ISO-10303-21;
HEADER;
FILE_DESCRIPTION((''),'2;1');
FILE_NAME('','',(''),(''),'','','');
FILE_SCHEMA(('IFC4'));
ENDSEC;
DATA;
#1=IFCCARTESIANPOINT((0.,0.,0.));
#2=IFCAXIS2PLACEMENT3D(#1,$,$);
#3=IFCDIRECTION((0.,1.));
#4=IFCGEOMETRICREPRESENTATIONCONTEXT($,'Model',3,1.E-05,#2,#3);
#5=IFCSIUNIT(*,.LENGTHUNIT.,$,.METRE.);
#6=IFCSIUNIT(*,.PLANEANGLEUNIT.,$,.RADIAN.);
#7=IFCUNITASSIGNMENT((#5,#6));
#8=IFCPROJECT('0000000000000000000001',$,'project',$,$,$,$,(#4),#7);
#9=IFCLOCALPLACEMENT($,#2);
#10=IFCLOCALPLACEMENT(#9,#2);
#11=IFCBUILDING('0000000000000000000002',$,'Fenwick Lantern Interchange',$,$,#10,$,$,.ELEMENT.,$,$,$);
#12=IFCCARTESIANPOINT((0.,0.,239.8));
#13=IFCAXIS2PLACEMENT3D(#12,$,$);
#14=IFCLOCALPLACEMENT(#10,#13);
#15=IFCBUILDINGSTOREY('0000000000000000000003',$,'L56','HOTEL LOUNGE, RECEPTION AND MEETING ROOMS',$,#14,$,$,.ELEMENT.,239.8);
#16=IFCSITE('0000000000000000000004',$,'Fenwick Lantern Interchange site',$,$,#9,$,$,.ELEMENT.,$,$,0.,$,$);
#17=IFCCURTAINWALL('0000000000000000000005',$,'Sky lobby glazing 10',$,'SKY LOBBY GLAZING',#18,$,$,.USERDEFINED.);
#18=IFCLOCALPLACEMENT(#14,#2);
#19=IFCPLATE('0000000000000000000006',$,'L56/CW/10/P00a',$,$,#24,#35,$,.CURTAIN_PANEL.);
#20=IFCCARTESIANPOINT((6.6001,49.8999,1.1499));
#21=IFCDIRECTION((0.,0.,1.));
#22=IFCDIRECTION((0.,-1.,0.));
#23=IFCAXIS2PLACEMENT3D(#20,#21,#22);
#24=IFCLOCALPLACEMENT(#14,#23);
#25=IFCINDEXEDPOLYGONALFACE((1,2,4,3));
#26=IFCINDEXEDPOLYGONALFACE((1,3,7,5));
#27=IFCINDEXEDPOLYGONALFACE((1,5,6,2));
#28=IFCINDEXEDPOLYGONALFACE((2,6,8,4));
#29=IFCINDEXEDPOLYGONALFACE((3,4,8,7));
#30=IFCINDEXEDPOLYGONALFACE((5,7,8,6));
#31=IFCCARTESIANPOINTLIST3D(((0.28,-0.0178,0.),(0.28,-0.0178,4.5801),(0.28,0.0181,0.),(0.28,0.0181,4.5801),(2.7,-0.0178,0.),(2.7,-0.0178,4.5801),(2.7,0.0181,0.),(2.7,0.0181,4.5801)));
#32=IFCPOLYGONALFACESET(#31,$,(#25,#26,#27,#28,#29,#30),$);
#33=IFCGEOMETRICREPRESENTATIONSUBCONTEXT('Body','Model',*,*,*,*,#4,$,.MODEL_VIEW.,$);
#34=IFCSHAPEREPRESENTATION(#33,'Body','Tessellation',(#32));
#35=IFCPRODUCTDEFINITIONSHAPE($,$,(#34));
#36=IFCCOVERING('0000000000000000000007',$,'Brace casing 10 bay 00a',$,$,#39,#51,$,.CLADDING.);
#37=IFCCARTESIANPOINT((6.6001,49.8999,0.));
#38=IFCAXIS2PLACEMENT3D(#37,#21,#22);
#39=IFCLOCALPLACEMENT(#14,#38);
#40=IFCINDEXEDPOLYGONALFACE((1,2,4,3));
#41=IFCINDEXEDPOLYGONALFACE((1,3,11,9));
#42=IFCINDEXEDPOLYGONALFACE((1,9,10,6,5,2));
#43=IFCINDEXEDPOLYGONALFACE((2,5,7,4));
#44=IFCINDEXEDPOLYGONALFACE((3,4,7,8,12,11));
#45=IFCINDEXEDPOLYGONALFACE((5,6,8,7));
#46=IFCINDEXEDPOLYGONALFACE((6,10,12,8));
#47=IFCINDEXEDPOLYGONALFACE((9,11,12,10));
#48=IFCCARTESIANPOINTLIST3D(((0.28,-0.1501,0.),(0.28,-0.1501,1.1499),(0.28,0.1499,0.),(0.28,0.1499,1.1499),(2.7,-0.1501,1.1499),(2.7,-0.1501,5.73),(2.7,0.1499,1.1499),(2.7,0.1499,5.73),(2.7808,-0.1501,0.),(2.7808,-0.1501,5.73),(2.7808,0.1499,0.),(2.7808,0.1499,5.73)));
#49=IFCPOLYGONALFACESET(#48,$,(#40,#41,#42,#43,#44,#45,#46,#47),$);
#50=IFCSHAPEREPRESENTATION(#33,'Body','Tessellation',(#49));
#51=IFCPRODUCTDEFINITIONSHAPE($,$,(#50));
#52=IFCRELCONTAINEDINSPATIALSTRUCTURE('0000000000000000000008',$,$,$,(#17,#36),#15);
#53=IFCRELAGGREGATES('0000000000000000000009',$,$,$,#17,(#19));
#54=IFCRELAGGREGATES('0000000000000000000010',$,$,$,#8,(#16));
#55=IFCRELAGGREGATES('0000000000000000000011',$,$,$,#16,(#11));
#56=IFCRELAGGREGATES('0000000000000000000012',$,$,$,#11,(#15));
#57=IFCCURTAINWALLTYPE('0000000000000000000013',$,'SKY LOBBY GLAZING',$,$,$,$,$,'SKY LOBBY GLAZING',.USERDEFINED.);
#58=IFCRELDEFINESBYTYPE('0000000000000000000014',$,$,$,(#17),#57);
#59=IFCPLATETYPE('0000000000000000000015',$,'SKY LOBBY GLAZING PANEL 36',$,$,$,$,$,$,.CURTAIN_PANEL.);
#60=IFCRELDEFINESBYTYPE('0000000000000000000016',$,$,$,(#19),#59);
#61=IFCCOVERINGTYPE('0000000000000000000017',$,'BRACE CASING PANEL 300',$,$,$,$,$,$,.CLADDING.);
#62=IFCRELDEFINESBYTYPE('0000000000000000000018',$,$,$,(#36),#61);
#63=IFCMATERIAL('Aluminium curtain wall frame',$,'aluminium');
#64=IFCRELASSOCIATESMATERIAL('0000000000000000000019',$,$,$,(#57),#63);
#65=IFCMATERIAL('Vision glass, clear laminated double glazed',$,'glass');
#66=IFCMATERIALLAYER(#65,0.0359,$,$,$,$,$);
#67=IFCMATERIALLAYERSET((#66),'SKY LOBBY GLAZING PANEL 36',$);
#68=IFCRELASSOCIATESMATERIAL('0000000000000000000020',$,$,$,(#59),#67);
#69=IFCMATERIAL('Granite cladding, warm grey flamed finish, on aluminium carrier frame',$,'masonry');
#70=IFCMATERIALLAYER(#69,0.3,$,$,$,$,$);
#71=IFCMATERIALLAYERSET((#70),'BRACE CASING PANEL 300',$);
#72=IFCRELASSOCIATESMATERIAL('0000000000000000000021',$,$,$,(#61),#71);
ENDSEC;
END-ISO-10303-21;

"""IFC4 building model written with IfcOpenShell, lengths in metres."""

from ifc_helpers import new_model, si_unit, direction, frame, origin, place, context, subcontext, project, spatial, polyline, outline, extrude, material, layer, layer_set, type_object, element, aggregate, save


model = new_model("IFC4")

# Units and contexts
model_context = context("Model", 3, precision=1e-05, world=origin(), true_north=direction((0.0, 1.0)))
body_context = subcontext(model_context, "Body", "Model", "MODEL_VIEW")
ifc_project = project(units=[si_unit("LENGTHUNIT", "METRE"), si_unit("PLANEANGLEUNIT", "RADIAN")], contexts=[model_context])

# Site, building, storey
site_placement = place(None, origin())
site = spatial("IfcSite", under=ifc_project, at=site_placement, Name="Fenwick Lantern Interchange site", CompositionType="ELEMENT", RefElevation=0.0)
building_placement = place(site_placement, origin())
building = spatial("IfcBuilding", under=site, at=building_placement, Name="Fenwick Lantern Interchange", CompositionType="ELEMENT")
storey_placement = place(building_placement, frame((0.0, 0.0, 239.8)))
storey = spatial("IfcBuildingStorey", under=building, at=storey_placement, Name="L56", Description="HOTEL LOUNGE, RECEPTION AND MEETING ROOMS", CompositionType="ELEMENT", Elevation=239.8)

# Curtain wall
ifc_material_1 = material(Name="Aluminium curtain wall frame", Category="aluminium")
curtain_wall_type = type_object("IfcCurtainWallType", Name="SKY LOBBY GLAZING", ElementType="SKY LOBBY GLAZING", PredefinedType="USERDEFINED", material=ifc_material_1)
curtain_wall_1_placement = place(storey_placement, origin())
curtain_wall_1 = element("IfcCurtainWall", 1, at=curtain_wall_1_placement, inside=storey, type_object=curtain_wall_type, Name="Sky lobby glazing 10", ObjectType="SKY LOBBY GLAZING", PredefinedType="USERDEFINED")

# Plate
ifc_material_2 = material(Name="Vision glass, clear laminated double glazed", Category="glass")
ifc_layer_1 = layer(ifc_material_2, 0.0359)
ifc_layer_set_1 = layer_set([ifc_layer_1], Name="SKY LOBBY GLAZING PANEL 36")
plate_type = type_object("IfcPlateType", Name="SKY LOBBY GLAZING PANEL 36", PredefinedType="CURTAIN_PANEL", material=ifc_layer_set_1)
plate_1_placement = place(storey_placement, frame((6.6001, 49.8999, 1.1499), z_axis=(0.0, 0.0, 1.0), x_axis=(0.0, -1.0, 0.0)))
plate_1 = element("IfcPlate", 2, at=plate_1_placement, type_object=plate_type, Name="L56/CW/10/P00a", PredefinedType="CURTAIN_PANEL", context=body_context, shape_type="SweptSolid", body=[
    extrude(outline(polyline([(0.28, 0.0), (2.7, 0.0), (2.7, 4.5801), (0.28, 4.5801), (0.28, 0.0)])), frame((0.0, 0.0181, 0.0), z_axis=(0.0, -1.0, 0.0), x_axis=(1.0, 0.0, 0.0)), (0.0, 0.0, 1.0), 0.0359),
])
aggregate(curtain_wall_1, [plate_1])

# Covering
ifc_material_3 = material(Name="Granite cladding, warm grey flamed finish, on aluminium carrier frame", Category="masonry")
ifc_layer_2 = layer(ifc_material_3, 0.3)
ifc_layer_set_2 = layer_set([ifc_layer_2], Name="BRACE CASING PANEL 300")
covering_type = type_object("IfcCoveringType", Name="BRACE CASING PANEL 300", PredefinedType="CLADDING", material=ifc_layer_set_2)
covering_placement = place(storey_placement, frame((6.6001, 49.8999, 0.0), z_axis=(0.0, 0.0, 1.0), x_axis=(0.0, -1.0, 0.0)))
element("IfcCovering", 3, at=covering_placement, inside=storey, type_object=covering_type, Name="Brace casing 10 bay 00a", PredefinedType="CLADDING", context=body_context, shape_type="SweptSolid", body=[
    extrude(outline(polyline([(0.28, 0.0), (2.7808, 0.0), (2.7808, 5.73), (2.7, 5.73), (2.7, 1.1499), (0.28, 1.1499), (0.28, 0.0)])), frame((0.0, 0.1499, 0.0), z_axis=(0.0, -1.0, 0.0), x_axis=(1.0, 0.0, 0.0)), (0.0, 0.0, 1.0), 0.3),
])

save(model, "model.ifc")
